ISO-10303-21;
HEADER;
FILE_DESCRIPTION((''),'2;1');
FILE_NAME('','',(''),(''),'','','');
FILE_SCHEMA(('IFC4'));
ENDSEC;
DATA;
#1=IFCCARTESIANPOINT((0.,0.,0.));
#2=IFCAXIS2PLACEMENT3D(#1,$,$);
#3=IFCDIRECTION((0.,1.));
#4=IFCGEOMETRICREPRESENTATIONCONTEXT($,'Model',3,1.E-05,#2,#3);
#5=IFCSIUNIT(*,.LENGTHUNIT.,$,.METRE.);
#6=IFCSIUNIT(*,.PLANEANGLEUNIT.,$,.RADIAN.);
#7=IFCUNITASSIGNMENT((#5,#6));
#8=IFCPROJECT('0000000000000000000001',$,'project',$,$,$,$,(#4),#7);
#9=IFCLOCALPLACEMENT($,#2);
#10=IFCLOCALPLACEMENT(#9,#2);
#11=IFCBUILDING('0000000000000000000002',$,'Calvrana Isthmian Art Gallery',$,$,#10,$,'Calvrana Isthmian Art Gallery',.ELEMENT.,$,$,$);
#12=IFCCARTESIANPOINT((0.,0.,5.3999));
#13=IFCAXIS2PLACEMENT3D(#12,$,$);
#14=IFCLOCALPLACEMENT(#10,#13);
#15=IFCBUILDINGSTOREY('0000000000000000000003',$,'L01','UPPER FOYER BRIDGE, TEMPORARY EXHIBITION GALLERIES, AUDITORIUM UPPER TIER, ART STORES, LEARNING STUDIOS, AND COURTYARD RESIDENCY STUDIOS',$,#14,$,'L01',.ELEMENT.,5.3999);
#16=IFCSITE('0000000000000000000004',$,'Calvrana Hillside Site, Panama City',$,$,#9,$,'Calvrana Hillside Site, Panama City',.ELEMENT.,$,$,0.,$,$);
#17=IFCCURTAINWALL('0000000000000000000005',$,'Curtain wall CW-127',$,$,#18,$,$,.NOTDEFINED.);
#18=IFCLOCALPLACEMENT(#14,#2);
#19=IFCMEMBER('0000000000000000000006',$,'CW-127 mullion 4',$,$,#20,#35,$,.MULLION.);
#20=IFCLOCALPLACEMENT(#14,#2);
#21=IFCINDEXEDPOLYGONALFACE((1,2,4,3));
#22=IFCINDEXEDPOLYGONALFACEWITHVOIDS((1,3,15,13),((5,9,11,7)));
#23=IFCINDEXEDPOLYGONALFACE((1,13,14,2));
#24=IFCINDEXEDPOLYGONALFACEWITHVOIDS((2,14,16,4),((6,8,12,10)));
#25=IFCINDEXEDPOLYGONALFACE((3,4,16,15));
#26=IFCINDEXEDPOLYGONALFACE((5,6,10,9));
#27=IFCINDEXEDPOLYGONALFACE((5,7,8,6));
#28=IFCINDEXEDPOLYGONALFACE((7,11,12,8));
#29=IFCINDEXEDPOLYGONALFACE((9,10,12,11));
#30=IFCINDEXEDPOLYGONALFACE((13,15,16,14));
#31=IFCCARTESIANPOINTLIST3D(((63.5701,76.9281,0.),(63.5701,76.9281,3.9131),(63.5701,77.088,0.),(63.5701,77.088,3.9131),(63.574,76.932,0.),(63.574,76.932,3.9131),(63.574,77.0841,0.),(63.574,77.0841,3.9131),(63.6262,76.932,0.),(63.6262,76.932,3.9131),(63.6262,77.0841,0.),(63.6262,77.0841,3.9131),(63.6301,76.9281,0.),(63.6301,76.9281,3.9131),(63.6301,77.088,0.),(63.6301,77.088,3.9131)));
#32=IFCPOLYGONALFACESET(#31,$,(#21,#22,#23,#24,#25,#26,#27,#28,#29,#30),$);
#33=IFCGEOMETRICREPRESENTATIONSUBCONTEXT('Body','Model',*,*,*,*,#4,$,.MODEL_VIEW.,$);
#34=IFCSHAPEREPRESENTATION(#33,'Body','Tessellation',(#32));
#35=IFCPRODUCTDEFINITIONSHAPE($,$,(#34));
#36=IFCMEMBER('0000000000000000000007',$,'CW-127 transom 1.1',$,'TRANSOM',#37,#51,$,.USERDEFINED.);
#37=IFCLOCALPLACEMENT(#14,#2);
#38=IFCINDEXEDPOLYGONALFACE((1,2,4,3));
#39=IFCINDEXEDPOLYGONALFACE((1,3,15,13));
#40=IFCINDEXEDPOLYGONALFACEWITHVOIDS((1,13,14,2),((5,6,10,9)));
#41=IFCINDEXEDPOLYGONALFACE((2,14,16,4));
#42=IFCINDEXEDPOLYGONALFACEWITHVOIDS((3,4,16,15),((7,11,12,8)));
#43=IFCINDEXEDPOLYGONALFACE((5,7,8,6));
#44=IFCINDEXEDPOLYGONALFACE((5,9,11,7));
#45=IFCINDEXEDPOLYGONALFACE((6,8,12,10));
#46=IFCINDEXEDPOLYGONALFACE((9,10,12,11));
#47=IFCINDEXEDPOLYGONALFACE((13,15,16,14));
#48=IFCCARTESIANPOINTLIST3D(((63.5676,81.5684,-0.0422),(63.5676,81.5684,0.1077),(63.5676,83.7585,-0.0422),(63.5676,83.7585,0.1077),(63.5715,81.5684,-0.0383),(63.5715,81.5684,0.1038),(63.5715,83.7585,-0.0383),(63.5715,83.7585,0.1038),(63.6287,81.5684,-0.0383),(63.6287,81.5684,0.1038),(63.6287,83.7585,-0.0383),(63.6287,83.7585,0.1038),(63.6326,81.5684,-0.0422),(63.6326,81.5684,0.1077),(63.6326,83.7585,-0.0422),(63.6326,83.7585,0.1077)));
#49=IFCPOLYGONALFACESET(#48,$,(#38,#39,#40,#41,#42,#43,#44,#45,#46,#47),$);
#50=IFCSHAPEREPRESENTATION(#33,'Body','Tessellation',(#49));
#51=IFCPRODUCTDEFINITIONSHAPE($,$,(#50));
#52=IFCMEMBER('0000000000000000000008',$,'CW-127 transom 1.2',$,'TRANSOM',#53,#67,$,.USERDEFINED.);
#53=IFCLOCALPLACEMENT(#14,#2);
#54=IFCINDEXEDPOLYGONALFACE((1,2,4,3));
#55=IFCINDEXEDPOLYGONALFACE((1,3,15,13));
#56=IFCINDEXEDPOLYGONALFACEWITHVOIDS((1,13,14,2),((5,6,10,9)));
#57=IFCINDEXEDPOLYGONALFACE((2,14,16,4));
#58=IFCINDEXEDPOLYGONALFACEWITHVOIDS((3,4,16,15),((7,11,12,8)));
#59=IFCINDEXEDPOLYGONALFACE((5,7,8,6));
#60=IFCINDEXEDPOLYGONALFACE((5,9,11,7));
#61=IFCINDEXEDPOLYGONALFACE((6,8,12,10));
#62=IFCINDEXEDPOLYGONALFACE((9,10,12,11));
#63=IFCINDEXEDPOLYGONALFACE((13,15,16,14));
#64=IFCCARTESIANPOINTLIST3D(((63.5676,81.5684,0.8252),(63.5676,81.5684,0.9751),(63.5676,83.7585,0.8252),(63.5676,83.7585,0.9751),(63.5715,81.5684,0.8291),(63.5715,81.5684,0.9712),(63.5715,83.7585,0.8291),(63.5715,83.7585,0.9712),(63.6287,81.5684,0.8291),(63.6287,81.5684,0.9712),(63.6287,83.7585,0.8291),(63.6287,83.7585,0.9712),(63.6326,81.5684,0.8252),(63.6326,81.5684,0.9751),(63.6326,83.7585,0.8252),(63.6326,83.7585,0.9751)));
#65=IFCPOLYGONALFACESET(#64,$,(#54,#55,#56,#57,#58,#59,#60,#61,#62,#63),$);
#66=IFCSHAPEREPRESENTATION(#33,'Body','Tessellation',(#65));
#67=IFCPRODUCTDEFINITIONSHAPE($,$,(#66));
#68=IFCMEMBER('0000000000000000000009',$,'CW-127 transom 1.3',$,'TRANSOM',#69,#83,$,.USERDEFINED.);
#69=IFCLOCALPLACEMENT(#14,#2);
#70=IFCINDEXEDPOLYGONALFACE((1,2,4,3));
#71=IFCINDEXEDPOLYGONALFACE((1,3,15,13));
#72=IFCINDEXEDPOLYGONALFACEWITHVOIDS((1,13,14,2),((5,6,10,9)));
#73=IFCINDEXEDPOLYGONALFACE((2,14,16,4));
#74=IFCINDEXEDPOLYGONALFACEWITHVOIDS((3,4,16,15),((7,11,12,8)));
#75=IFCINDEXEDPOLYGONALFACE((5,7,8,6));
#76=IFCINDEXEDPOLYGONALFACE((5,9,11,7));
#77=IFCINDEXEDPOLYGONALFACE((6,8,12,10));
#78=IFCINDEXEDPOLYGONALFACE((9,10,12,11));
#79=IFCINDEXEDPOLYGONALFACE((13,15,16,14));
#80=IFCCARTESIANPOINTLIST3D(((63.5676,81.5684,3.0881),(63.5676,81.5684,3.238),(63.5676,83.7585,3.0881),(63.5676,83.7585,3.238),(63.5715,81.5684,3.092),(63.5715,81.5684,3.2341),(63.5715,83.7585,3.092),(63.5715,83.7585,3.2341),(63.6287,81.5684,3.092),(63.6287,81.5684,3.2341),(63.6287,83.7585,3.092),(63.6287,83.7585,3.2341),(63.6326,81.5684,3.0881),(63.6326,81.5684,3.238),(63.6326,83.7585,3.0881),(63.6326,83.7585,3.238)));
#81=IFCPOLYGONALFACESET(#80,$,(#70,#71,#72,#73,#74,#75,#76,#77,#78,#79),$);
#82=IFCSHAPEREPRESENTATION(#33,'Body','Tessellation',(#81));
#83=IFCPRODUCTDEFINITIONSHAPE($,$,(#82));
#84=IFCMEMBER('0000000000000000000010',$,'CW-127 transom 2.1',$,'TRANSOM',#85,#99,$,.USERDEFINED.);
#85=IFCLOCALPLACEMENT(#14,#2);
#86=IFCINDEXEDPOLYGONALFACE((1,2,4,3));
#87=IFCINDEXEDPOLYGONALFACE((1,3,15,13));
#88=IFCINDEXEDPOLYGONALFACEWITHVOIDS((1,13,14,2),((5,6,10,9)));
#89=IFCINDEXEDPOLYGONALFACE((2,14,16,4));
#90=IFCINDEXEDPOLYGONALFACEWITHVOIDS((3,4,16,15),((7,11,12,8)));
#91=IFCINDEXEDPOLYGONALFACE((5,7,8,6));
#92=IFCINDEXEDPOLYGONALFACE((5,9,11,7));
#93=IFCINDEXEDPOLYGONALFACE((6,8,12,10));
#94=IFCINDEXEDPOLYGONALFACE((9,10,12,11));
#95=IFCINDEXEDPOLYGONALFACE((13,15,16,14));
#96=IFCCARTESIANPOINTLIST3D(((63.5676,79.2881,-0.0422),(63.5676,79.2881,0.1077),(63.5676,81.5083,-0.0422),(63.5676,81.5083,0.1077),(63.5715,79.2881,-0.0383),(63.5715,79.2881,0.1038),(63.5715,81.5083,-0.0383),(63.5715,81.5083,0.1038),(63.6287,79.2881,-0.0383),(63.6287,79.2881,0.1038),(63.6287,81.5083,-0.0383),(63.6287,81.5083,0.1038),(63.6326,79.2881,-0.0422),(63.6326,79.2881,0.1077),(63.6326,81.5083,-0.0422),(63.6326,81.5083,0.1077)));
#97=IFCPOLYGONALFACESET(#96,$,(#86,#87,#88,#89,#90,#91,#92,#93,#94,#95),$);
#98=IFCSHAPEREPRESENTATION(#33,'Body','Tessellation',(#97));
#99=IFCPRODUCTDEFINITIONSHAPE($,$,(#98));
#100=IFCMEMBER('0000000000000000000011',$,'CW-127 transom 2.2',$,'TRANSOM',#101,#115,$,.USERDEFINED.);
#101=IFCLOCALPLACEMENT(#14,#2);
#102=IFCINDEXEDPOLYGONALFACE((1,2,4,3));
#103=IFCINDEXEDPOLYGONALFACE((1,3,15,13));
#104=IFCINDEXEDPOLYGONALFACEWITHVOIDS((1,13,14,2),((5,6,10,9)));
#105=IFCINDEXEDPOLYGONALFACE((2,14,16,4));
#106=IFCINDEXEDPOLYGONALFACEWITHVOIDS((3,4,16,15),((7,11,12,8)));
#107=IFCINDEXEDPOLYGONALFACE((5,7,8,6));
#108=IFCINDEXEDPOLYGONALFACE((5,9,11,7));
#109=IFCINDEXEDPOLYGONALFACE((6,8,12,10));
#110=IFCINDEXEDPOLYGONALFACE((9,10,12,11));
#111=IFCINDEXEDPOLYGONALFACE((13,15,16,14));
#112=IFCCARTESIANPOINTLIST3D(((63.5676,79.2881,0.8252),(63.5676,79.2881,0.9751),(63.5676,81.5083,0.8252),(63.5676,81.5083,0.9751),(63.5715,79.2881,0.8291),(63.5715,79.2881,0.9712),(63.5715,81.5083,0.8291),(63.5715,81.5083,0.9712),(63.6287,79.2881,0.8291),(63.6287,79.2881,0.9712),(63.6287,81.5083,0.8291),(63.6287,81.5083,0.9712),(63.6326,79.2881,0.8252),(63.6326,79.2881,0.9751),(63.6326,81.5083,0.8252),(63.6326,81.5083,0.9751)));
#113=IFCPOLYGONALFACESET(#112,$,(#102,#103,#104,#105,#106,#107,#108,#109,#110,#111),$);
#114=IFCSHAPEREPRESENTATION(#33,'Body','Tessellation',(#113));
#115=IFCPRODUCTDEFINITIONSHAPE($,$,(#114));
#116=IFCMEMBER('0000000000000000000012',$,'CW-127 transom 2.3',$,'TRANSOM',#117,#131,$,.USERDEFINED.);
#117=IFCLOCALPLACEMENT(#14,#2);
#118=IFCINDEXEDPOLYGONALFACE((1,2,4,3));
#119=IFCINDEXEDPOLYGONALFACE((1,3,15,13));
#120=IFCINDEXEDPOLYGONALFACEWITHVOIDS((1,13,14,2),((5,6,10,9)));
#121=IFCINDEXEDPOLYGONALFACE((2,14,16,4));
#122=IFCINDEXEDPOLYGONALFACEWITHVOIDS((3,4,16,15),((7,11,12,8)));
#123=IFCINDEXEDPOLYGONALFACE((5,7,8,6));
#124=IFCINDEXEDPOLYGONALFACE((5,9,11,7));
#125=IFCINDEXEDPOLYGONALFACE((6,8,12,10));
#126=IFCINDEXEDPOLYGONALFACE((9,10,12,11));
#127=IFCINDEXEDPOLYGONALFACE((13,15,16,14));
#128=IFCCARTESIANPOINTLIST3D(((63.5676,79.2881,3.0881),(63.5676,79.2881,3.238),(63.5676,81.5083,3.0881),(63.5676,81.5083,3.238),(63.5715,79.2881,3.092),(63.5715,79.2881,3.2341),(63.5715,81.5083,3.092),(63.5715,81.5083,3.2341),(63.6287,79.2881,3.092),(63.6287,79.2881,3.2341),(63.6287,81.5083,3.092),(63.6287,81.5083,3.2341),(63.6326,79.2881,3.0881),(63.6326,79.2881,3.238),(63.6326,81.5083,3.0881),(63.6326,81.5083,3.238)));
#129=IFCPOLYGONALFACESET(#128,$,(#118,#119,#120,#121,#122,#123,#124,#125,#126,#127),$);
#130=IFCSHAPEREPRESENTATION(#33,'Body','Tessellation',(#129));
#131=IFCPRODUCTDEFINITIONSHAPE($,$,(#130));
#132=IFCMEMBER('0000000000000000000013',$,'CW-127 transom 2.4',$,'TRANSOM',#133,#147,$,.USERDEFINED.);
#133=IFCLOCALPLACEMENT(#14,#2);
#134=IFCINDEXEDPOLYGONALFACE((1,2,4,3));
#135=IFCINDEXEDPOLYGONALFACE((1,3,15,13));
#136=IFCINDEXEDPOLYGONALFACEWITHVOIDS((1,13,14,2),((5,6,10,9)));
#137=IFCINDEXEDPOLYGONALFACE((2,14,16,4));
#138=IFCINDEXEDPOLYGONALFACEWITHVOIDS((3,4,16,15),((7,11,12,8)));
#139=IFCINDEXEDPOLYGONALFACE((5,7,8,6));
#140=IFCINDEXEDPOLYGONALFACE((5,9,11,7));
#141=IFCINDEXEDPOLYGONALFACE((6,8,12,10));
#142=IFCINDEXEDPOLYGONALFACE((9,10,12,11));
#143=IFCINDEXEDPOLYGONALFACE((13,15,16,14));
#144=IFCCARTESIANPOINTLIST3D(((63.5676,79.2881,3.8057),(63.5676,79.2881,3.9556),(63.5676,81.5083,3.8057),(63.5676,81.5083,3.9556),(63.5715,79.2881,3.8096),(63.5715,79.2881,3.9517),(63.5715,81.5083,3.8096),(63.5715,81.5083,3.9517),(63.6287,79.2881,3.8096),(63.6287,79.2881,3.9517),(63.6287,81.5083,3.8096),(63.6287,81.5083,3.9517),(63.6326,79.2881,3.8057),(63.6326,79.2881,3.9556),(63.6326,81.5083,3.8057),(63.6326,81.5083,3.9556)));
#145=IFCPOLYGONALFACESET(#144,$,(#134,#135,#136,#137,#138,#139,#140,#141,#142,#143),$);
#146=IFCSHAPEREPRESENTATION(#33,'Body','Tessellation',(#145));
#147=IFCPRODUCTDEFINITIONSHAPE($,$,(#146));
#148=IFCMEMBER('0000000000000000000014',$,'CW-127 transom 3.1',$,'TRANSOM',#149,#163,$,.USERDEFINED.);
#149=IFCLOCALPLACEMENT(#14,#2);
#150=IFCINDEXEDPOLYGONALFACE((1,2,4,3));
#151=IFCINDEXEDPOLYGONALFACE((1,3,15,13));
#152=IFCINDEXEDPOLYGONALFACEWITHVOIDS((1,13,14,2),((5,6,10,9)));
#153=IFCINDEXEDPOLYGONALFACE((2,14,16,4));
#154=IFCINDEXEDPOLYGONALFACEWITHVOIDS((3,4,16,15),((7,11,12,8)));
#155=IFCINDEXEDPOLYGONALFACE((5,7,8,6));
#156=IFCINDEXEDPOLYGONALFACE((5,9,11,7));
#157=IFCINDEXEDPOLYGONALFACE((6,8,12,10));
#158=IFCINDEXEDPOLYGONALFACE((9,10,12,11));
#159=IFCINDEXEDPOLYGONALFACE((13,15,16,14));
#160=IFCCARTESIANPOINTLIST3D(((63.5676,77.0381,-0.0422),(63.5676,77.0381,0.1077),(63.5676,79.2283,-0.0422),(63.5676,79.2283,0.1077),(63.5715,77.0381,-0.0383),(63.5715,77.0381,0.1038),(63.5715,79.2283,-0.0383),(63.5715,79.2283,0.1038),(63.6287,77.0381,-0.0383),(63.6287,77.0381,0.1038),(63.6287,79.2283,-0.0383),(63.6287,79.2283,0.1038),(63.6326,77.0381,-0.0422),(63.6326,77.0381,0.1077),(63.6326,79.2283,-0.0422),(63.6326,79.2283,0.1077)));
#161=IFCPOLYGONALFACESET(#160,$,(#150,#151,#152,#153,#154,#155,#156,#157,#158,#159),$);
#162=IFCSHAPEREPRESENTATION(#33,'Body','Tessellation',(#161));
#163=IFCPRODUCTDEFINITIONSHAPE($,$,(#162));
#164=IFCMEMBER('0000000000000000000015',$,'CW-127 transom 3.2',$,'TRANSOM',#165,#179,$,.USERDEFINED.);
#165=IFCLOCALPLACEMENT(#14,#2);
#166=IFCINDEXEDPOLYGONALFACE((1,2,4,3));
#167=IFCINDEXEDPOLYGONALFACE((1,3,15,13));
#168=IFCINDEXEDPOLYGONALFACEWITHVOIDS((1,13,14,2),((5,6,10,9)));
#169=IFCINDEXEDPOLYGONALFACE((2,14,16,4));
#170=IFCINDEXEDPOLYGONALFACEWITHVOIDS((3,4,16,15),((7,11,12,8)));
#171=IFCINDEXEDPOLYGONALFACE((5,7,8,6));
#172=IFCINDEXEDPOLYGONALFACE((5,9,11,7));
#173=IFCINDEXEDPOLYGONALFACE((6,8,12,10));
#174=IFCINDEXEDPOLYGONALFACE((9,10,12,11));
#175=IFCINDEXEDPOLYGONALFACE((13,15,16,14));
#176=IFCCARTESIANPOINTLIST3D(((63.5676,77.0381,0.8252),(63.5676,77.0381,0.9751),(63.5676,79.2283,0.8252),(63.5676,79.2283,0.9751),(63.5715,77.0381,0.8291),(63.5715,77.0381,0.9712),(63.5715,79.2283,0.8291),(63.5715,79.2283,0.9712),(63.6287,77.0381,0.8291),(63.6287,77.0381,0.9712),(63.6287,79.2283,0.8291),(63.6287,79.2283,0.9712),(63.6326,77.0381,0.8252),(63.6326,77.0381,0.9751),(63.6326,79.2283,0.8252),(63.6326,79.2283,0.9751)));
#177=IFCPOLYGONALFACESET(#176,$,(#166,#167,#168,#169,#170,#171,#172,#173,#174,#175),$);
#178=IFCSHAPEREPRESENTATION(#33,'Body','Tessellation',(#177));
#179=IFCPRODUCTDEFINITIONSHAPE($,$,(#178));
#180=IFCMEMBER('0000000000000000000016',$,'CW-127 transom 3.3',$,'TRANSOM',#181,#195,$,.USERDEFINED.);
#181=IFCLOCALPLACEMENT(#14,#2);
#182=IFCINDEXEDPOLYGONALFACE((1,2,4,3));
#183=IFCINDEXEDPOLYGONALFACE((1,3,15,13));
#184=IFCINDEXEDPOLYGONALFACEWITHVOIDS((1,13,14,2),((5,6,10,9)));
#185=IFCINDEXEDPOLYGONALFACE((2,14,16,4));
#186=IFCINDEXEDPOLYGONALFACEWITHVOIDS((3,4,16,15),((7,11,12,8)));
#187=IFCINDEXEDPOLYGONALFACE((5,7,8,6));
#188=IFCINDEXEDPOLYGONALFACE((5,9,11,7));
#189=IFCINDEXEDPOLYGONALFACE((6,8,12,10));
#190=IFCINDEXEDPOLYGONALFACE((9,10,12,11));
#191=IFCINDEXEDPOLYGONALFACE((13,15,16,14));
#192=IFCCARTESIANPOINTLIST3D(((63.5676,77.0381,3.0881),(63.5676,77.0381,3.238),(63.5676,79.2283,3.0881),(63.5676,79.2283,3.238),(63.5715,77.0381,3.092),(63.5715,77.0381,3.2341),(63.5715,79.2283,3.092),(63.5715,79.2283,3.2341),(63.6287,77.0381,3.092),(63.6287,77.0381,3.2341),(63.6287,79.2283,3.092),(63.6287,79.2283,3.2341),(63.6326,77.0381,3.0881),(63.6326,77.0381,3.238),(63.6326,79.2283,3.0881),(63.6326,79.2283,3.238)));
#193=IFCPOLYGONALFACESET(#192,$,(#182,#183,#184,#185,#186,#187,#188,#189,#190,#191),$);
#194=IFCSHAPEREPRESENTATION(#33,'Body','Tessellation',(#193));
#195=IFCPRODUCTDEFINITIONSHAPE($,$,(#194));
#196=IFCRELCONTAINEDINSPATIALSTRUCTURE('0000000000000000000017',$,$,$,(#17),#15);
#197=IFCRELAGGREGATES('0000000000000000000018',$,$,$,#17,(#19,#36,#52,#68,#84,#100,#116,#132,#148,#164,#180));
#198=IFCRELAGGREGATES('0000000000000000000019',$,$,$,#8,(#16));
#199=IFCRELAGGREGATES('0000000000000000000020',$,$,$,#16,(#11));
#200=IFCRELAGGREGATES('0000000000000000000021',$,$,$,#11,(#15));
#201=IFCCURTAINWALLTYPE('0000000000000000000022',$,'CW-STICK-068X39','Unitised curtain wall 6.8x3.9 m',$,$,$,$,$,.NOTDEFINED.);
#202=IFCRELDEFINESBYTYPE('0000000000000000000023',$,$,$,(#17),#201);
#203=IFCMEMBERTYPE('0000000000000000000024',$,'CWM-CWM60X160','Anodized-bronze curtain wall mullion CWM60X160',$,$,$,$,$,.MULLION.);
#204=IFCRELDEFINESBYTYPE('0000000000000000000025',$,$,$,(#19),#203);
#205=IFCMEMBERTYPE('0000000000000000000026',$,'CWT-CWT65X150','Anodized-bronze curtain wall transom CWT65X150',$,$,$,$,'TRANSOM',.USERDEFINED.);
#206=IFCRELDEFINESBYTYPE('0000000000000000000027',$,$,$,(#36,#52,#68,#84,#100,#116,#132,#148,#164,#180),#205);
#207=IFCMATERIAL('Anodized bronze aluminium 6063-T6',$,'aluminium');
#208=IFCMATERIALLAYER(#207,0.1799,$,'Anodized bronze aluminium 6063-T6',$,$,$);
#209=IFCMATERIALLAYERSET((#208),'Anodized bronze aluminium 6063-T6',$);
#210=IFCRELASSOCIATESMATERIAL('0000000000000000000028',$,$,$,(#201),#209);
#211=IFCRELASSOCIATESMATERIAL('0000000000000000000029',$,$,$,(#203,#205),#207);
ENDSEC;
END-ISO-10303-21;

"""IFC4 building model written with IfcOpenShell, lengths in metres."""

from ifc_helpers import new_model, si_unit, direction, frame, origin, origin_2d, place, context, subcontext, project, spatial, hollow_rectangle, extrude, material, layer, layer_set, material_profile, profile_set, type_object, element, aggregate, save


model = new_model("IFC4")

# Units and contexts
model_context = context("Model", 3, precision=1e-05, world=origin(), true_north=direction((0.0, 1.0)))
body_context = subcontext(model_context, "Body", "Model", "MODEL_VIEW")
ifc_project = project(units=[si_unit("LENGTHUNIT", "METRE"), si_unit("PLANEANGLEUNIT", "RADIAN")], contexts=[model_context])

# Site, building, storey
site_placement = place(None, origin())
site = spatial("IfcSite", under=ifc_project, at=site_placement, Name="Calvrana Hillside Site, Panama City", LongName="Calvrana Hillside Site, Panama City", CompositionType="ELEMENT", RefElevation=0.0)
building_placement = place(site_placement, origin())
building = spatial("IfcBuilding", under=site, at=building_placement, Name="Calvrana Isthmian Art Gallery", LongName="Calvrana Isthmian Art Gallery", CompositionType="ELEMENT")
storey_placement = place(building_placement, frame((0.0, 0.0, 5.3999)))
storey = spatial("IfcBuildingStorey", under=building, at=storey_placement, Name="L01", Description="UPPER FOYER BRIDGE, TEMPORARY EXHIBITION GALLERIES, AUDITORIUM UPPER TIER, ART STORES, LEARNING STUDIOS, AND COURTYARD RESIDENCY STUDIOS", LongName="L01", CompositionType="ELEMENT", Elevation=5.3999)

# Curtain wall, members
ifc_material_1 = material(Name="Anodized bronze aluminium 6063-T6", Category="aluminium")
ifc_layer_1 = layer(ifc_material_1, 0.1799, Name="Anodized bronze aluminium 6063-T6")
ifc_layer_set_1 = layer_set([ifc_layer_1], Name="Anodized bronze aluminium 6063-T6")
curtain_wall_type = type_object("IfcCurtainWallType", Name="CW-STICK-068X39", Description="Unitised curtain wall 6.8x3.9 m", PredefinedType="NOTDEFINED", material=ifc_layer_set_1)
curtain_wall_placement = place(storey_placement, origin())
curtain_wall = element("IfcCurtainWall", 1, at=curtain_wall_placement, inside=storey, type_object=curtain_wall_type, Name="Curtain wall CW-127", PredefinedType="NOTDEFINED")
ifc_material_profile_1 = material_profile(ifc_material_1, hollow_rectangle(XDim=0.0601, YDim=0.1599, WallThickness=0.0039, at=origin_2d()), Name="CWM60X160")
ifc_profile_set_1 = profile_set([ifc_material_profile_1], Name="Anodized bronze aluminium 6063-T6")
member_type_1 = type_object("IfcMemberType", Name="CWM-CWM60X160", Description="Anodized-bronze curtain wall mullion CWM60X160", PredefinedType="MULLION", material=ifc_profile_set_1)
member_1_placement = place(storey_placement, frame((63.6001, 77.0081, 0.0), z_axis=(0.0, 0.0, 1.0), x_axis=(1.0, 0.0, 0.0)))
member_1 = element("IfcMember", 2, at=member_1_placement, type_object=member_type_1, Name="CW-127 mullion 4", PredefinedType="MULLION", context=body_context, shape_type="SweptSolid", body=[
    extrude(hollow_rectangle(XDim=0.0601, YDim=0.1599, WallThickness=0.0039, at=origin_2d()), origin(), (0.0, 0.0, 1.0), 3.9131),
])
ifc_material_profile_2 = material_profile(ifc_material_1, hollow_rectangle(XDim=0.0649, YDim=0.1499, WallThickness=0.0039, at=origin_2d()), Name="CWT65X150")
ifc_profile_set_2 = profile_set([ifc_material_profile_2], Name="Anodized bronze aluminium 6063-T6")
member_type_2 = type_object("IfcMemberType", Name="CWT-CWT65X150", Description="Anodized-bronze curtain wall transom CWT65X150", ElementType="TRANSOM", PredefinedType="USERDEFINED", material=ifc_profile_set_2)
member_2_placement = place(storey_placement, frame((63.6001, 83.7585, 0.0327), z_axis=(0.0, -1.0, 0.0), x_axis=(1.0, 0.0, 0.0)))
member_2 = element("IfcMember", 3, at=member_2_placement, type_object=member_type_2, Name="CW-127 transom 1.1", ObjectType="TRANSOM", PredefinedType="USERDEFINED", context=body_context, shape_type="SweptSolid", body=[
    extrude(hollow_rectangle(XDim=0.0649, YDim=0.1499, WallThickness=0.0039, at=origin_2d()), origin(), (0.0, 0.0, 1.0), 2.1902),
])
member_3_placement = place(storey_placement, frame((63.6001, 83.7585, 0.9001), z_axis=(0.0, -1.0, 0.0), x_axis=(1.0, 0.0, 0.0)))
member_3 = element("IfcMember", 4, at=member_3_placement, type_object=member_type_2, Name="CW-127 transom 1.2", ObjectType="TRANSOM", PredefinedType="USERDEFINED", context=body_context, shape_type="SweptSolid", body=[
    extrude(hollow_rectangle(XDim=0.0649, YDim=0.1499, WallThickness=0.0039, at=origin_2d()), origin(), (0.0, 0.0, 1.0), 2.1902),
])
member_4_placement = place(storey_placement, frame((63.6001, 83.7585, 3.1631), z_axis=(0.0, -1.0, 0.0), x_axis=(1.0, 0.0, 0.0)))
member_4 = element("IfcMember", 5, at=member_4_placement, type_object=member_type_2, Name="CW-127 transom 1.3", ObjectType="TRANSOM", PredefinedType="USERDEFINED", context=body_context, shape_type="SweptSolid", body=[
    extrude(hollow_rectangle(XDim=0.0649, YDim=0.1499, WallThickness=0.0039, at=origin_2d()), origin(), (0.0, 0.0, 1.0), 2.1902),
])
member_5_placement = place(storey_placement, frame((63.6001, 81.5083, 0.0327), z_axis=(0.0, -1.0, 0.0), x_axis=(1.0, 0.0, 0.0)))
member_5 = element("IfcMember", 6, at=member_5_placement, type_object=member_type_2, Name="CW-127 transom 2.1", ObjectType="TRANSOM", PredefinedType="USERDEFINED", context=body_context, shape_type="SweptSolid", body=[
    extrude(hollow_rectangle(XDim=0.0649, YDim=0.1499, WallThickness=0.0039, at=origin_2d()), origin(), (0.0, 0.0, 1.0), 2.2202),
])
member_6_placement = place(storey_placement, frame((63.6001, 81.5083, 0.9001), z_axis=(0.0, -1.0, 0.0), x_axis=(1.0, 0.0, 0.0)))
member_6 = element("IfcMember", 7, at=member_6_placement, type_object=member_type_2, Name="CW-127 transom 2.2", ObjectType="TRANSOM", PredefinedType="USERDEFINED", context=body_context, shape_type="SweptSolid", body=[
    extrude(hollow_rectangle(XDim=0.0649, YDim=0.1499, WallThickness=0.0039, at=origin_2d()), origin(), (0.0, 0.0, 1.0), 2.2202),
])
member_7_placement = place(storey_placement, frame((63.6001, 81.5083, 3.1631), z_axis=(0.0, -1.0, 0.0), x_axis=(1.0, 0.0, 0.0)))
member_7 = element("IfcMember", 8, at=member_7_placement, type_object=member_type_2, Name="CW-127 transom 2.3", ObjectType="TRANSOM", PredefinedType="USERDEFINED", context=body_context, shape_type="SweptSolid", body=[
    extrude(hollow_rectangle(XDim=0.0649, YDim=0.1499, WallThickness=0.0039, at=origin_2d()), origin(), (0.0, 0.0, 1.0), 2.2202),
])
member_8_placement = place(storey_placement, frame((63.6001, 81.5083, 3.8806), z_axis=(0.0, -1.0, 0.0), x_axis=(1.0, 0.0, 0.0)))
member_8 = element("IfcMember", 9, at=member_8_placement, type_object=member_type_2, Name="CW-127 transom 2.4", ObjectType="TRANSOM", PredefinedType="USERDEFINED", context=body_context, shape_type="SweptSolid", body=[
    extrude(hollow_rectangle(XDim=0.0649, YDim=0.1499, WallThickness=0.0039, at=origin_2d()), origin(), (0.0, 0.0, 1.0), 2.2202),
])
member_9_placement = place(storey_placement, frame((63.6001, 79.2283, 0.0327), z_axis=(0.0, -1.0, 0.0), x_axis=(1.0, 0.0, 0.0)))
member_9 = element("IfcMember", 10, at=member_9_placement, type_object=member_type_2, Name="CW-127 transom 3.1", ObjectType="TRANSOM", PredefinedType="USERDEFINED", context=body_context, shape_type="SweptSolid", body=[
    extrude(hollow_rectangle(XDim=0.0649, YDim=0.1499, WallThickness=0.0039, at=origin_2d()), origin(), (0.0, 0.0, 1.0), 2.1902),
])
member_10_placement = place(storey_placement, frame((63.6001, 79.2283, 0.9001), z_axis=(0.0, -1.0, 0.0), x_axis=(1.0, 0.0, 0.0)))
member_10 = element("IfcMember", 11, at=member_10_placement, type_object=member_type_2, Name="CW-127 transom 3.2", ObjectType="TRANSOM", PredefinedType="USERDEFINED", context=body_context, shape_type="SweptSolid", body=[
    extrude(hollow_rectangle(XDim=0.0649, YDim=0.1499, WallThickness=0.0039, at=origin_2d()), origin(), (0.0, 0.0, 1.0), 2.1902),
])
member_11_placement = place(storey_placement, frame((63.6001, 79.2283, 3.1631), z_axis=(0.0, -1.0, 0.0), x_axis=(1.0, 0.0, 0.0)))
member_11 = element("IfcMember", 12, at=member_11_placement, type_object=member_type_2, Name="CW-127 transom 3.3", ObjectType="TRANSOM", PredefinedType="USERDEFINED", context=body_context, shape_type="SweptSolid", body=[
    extrude(hollow_rectangle(XDim=0.0649, YDim=0.1499, WallThickness=0.0039, at=origin_2d()), origin(), (0.0, 0.0, 1.0), 2.1902),
])
aggregate(curtain_wall, [member_1, member_2, member_3, member_4, member_5, member_6, member_7, member_8, member_9, member_10, member_11])

save(model, "model.ifc")
